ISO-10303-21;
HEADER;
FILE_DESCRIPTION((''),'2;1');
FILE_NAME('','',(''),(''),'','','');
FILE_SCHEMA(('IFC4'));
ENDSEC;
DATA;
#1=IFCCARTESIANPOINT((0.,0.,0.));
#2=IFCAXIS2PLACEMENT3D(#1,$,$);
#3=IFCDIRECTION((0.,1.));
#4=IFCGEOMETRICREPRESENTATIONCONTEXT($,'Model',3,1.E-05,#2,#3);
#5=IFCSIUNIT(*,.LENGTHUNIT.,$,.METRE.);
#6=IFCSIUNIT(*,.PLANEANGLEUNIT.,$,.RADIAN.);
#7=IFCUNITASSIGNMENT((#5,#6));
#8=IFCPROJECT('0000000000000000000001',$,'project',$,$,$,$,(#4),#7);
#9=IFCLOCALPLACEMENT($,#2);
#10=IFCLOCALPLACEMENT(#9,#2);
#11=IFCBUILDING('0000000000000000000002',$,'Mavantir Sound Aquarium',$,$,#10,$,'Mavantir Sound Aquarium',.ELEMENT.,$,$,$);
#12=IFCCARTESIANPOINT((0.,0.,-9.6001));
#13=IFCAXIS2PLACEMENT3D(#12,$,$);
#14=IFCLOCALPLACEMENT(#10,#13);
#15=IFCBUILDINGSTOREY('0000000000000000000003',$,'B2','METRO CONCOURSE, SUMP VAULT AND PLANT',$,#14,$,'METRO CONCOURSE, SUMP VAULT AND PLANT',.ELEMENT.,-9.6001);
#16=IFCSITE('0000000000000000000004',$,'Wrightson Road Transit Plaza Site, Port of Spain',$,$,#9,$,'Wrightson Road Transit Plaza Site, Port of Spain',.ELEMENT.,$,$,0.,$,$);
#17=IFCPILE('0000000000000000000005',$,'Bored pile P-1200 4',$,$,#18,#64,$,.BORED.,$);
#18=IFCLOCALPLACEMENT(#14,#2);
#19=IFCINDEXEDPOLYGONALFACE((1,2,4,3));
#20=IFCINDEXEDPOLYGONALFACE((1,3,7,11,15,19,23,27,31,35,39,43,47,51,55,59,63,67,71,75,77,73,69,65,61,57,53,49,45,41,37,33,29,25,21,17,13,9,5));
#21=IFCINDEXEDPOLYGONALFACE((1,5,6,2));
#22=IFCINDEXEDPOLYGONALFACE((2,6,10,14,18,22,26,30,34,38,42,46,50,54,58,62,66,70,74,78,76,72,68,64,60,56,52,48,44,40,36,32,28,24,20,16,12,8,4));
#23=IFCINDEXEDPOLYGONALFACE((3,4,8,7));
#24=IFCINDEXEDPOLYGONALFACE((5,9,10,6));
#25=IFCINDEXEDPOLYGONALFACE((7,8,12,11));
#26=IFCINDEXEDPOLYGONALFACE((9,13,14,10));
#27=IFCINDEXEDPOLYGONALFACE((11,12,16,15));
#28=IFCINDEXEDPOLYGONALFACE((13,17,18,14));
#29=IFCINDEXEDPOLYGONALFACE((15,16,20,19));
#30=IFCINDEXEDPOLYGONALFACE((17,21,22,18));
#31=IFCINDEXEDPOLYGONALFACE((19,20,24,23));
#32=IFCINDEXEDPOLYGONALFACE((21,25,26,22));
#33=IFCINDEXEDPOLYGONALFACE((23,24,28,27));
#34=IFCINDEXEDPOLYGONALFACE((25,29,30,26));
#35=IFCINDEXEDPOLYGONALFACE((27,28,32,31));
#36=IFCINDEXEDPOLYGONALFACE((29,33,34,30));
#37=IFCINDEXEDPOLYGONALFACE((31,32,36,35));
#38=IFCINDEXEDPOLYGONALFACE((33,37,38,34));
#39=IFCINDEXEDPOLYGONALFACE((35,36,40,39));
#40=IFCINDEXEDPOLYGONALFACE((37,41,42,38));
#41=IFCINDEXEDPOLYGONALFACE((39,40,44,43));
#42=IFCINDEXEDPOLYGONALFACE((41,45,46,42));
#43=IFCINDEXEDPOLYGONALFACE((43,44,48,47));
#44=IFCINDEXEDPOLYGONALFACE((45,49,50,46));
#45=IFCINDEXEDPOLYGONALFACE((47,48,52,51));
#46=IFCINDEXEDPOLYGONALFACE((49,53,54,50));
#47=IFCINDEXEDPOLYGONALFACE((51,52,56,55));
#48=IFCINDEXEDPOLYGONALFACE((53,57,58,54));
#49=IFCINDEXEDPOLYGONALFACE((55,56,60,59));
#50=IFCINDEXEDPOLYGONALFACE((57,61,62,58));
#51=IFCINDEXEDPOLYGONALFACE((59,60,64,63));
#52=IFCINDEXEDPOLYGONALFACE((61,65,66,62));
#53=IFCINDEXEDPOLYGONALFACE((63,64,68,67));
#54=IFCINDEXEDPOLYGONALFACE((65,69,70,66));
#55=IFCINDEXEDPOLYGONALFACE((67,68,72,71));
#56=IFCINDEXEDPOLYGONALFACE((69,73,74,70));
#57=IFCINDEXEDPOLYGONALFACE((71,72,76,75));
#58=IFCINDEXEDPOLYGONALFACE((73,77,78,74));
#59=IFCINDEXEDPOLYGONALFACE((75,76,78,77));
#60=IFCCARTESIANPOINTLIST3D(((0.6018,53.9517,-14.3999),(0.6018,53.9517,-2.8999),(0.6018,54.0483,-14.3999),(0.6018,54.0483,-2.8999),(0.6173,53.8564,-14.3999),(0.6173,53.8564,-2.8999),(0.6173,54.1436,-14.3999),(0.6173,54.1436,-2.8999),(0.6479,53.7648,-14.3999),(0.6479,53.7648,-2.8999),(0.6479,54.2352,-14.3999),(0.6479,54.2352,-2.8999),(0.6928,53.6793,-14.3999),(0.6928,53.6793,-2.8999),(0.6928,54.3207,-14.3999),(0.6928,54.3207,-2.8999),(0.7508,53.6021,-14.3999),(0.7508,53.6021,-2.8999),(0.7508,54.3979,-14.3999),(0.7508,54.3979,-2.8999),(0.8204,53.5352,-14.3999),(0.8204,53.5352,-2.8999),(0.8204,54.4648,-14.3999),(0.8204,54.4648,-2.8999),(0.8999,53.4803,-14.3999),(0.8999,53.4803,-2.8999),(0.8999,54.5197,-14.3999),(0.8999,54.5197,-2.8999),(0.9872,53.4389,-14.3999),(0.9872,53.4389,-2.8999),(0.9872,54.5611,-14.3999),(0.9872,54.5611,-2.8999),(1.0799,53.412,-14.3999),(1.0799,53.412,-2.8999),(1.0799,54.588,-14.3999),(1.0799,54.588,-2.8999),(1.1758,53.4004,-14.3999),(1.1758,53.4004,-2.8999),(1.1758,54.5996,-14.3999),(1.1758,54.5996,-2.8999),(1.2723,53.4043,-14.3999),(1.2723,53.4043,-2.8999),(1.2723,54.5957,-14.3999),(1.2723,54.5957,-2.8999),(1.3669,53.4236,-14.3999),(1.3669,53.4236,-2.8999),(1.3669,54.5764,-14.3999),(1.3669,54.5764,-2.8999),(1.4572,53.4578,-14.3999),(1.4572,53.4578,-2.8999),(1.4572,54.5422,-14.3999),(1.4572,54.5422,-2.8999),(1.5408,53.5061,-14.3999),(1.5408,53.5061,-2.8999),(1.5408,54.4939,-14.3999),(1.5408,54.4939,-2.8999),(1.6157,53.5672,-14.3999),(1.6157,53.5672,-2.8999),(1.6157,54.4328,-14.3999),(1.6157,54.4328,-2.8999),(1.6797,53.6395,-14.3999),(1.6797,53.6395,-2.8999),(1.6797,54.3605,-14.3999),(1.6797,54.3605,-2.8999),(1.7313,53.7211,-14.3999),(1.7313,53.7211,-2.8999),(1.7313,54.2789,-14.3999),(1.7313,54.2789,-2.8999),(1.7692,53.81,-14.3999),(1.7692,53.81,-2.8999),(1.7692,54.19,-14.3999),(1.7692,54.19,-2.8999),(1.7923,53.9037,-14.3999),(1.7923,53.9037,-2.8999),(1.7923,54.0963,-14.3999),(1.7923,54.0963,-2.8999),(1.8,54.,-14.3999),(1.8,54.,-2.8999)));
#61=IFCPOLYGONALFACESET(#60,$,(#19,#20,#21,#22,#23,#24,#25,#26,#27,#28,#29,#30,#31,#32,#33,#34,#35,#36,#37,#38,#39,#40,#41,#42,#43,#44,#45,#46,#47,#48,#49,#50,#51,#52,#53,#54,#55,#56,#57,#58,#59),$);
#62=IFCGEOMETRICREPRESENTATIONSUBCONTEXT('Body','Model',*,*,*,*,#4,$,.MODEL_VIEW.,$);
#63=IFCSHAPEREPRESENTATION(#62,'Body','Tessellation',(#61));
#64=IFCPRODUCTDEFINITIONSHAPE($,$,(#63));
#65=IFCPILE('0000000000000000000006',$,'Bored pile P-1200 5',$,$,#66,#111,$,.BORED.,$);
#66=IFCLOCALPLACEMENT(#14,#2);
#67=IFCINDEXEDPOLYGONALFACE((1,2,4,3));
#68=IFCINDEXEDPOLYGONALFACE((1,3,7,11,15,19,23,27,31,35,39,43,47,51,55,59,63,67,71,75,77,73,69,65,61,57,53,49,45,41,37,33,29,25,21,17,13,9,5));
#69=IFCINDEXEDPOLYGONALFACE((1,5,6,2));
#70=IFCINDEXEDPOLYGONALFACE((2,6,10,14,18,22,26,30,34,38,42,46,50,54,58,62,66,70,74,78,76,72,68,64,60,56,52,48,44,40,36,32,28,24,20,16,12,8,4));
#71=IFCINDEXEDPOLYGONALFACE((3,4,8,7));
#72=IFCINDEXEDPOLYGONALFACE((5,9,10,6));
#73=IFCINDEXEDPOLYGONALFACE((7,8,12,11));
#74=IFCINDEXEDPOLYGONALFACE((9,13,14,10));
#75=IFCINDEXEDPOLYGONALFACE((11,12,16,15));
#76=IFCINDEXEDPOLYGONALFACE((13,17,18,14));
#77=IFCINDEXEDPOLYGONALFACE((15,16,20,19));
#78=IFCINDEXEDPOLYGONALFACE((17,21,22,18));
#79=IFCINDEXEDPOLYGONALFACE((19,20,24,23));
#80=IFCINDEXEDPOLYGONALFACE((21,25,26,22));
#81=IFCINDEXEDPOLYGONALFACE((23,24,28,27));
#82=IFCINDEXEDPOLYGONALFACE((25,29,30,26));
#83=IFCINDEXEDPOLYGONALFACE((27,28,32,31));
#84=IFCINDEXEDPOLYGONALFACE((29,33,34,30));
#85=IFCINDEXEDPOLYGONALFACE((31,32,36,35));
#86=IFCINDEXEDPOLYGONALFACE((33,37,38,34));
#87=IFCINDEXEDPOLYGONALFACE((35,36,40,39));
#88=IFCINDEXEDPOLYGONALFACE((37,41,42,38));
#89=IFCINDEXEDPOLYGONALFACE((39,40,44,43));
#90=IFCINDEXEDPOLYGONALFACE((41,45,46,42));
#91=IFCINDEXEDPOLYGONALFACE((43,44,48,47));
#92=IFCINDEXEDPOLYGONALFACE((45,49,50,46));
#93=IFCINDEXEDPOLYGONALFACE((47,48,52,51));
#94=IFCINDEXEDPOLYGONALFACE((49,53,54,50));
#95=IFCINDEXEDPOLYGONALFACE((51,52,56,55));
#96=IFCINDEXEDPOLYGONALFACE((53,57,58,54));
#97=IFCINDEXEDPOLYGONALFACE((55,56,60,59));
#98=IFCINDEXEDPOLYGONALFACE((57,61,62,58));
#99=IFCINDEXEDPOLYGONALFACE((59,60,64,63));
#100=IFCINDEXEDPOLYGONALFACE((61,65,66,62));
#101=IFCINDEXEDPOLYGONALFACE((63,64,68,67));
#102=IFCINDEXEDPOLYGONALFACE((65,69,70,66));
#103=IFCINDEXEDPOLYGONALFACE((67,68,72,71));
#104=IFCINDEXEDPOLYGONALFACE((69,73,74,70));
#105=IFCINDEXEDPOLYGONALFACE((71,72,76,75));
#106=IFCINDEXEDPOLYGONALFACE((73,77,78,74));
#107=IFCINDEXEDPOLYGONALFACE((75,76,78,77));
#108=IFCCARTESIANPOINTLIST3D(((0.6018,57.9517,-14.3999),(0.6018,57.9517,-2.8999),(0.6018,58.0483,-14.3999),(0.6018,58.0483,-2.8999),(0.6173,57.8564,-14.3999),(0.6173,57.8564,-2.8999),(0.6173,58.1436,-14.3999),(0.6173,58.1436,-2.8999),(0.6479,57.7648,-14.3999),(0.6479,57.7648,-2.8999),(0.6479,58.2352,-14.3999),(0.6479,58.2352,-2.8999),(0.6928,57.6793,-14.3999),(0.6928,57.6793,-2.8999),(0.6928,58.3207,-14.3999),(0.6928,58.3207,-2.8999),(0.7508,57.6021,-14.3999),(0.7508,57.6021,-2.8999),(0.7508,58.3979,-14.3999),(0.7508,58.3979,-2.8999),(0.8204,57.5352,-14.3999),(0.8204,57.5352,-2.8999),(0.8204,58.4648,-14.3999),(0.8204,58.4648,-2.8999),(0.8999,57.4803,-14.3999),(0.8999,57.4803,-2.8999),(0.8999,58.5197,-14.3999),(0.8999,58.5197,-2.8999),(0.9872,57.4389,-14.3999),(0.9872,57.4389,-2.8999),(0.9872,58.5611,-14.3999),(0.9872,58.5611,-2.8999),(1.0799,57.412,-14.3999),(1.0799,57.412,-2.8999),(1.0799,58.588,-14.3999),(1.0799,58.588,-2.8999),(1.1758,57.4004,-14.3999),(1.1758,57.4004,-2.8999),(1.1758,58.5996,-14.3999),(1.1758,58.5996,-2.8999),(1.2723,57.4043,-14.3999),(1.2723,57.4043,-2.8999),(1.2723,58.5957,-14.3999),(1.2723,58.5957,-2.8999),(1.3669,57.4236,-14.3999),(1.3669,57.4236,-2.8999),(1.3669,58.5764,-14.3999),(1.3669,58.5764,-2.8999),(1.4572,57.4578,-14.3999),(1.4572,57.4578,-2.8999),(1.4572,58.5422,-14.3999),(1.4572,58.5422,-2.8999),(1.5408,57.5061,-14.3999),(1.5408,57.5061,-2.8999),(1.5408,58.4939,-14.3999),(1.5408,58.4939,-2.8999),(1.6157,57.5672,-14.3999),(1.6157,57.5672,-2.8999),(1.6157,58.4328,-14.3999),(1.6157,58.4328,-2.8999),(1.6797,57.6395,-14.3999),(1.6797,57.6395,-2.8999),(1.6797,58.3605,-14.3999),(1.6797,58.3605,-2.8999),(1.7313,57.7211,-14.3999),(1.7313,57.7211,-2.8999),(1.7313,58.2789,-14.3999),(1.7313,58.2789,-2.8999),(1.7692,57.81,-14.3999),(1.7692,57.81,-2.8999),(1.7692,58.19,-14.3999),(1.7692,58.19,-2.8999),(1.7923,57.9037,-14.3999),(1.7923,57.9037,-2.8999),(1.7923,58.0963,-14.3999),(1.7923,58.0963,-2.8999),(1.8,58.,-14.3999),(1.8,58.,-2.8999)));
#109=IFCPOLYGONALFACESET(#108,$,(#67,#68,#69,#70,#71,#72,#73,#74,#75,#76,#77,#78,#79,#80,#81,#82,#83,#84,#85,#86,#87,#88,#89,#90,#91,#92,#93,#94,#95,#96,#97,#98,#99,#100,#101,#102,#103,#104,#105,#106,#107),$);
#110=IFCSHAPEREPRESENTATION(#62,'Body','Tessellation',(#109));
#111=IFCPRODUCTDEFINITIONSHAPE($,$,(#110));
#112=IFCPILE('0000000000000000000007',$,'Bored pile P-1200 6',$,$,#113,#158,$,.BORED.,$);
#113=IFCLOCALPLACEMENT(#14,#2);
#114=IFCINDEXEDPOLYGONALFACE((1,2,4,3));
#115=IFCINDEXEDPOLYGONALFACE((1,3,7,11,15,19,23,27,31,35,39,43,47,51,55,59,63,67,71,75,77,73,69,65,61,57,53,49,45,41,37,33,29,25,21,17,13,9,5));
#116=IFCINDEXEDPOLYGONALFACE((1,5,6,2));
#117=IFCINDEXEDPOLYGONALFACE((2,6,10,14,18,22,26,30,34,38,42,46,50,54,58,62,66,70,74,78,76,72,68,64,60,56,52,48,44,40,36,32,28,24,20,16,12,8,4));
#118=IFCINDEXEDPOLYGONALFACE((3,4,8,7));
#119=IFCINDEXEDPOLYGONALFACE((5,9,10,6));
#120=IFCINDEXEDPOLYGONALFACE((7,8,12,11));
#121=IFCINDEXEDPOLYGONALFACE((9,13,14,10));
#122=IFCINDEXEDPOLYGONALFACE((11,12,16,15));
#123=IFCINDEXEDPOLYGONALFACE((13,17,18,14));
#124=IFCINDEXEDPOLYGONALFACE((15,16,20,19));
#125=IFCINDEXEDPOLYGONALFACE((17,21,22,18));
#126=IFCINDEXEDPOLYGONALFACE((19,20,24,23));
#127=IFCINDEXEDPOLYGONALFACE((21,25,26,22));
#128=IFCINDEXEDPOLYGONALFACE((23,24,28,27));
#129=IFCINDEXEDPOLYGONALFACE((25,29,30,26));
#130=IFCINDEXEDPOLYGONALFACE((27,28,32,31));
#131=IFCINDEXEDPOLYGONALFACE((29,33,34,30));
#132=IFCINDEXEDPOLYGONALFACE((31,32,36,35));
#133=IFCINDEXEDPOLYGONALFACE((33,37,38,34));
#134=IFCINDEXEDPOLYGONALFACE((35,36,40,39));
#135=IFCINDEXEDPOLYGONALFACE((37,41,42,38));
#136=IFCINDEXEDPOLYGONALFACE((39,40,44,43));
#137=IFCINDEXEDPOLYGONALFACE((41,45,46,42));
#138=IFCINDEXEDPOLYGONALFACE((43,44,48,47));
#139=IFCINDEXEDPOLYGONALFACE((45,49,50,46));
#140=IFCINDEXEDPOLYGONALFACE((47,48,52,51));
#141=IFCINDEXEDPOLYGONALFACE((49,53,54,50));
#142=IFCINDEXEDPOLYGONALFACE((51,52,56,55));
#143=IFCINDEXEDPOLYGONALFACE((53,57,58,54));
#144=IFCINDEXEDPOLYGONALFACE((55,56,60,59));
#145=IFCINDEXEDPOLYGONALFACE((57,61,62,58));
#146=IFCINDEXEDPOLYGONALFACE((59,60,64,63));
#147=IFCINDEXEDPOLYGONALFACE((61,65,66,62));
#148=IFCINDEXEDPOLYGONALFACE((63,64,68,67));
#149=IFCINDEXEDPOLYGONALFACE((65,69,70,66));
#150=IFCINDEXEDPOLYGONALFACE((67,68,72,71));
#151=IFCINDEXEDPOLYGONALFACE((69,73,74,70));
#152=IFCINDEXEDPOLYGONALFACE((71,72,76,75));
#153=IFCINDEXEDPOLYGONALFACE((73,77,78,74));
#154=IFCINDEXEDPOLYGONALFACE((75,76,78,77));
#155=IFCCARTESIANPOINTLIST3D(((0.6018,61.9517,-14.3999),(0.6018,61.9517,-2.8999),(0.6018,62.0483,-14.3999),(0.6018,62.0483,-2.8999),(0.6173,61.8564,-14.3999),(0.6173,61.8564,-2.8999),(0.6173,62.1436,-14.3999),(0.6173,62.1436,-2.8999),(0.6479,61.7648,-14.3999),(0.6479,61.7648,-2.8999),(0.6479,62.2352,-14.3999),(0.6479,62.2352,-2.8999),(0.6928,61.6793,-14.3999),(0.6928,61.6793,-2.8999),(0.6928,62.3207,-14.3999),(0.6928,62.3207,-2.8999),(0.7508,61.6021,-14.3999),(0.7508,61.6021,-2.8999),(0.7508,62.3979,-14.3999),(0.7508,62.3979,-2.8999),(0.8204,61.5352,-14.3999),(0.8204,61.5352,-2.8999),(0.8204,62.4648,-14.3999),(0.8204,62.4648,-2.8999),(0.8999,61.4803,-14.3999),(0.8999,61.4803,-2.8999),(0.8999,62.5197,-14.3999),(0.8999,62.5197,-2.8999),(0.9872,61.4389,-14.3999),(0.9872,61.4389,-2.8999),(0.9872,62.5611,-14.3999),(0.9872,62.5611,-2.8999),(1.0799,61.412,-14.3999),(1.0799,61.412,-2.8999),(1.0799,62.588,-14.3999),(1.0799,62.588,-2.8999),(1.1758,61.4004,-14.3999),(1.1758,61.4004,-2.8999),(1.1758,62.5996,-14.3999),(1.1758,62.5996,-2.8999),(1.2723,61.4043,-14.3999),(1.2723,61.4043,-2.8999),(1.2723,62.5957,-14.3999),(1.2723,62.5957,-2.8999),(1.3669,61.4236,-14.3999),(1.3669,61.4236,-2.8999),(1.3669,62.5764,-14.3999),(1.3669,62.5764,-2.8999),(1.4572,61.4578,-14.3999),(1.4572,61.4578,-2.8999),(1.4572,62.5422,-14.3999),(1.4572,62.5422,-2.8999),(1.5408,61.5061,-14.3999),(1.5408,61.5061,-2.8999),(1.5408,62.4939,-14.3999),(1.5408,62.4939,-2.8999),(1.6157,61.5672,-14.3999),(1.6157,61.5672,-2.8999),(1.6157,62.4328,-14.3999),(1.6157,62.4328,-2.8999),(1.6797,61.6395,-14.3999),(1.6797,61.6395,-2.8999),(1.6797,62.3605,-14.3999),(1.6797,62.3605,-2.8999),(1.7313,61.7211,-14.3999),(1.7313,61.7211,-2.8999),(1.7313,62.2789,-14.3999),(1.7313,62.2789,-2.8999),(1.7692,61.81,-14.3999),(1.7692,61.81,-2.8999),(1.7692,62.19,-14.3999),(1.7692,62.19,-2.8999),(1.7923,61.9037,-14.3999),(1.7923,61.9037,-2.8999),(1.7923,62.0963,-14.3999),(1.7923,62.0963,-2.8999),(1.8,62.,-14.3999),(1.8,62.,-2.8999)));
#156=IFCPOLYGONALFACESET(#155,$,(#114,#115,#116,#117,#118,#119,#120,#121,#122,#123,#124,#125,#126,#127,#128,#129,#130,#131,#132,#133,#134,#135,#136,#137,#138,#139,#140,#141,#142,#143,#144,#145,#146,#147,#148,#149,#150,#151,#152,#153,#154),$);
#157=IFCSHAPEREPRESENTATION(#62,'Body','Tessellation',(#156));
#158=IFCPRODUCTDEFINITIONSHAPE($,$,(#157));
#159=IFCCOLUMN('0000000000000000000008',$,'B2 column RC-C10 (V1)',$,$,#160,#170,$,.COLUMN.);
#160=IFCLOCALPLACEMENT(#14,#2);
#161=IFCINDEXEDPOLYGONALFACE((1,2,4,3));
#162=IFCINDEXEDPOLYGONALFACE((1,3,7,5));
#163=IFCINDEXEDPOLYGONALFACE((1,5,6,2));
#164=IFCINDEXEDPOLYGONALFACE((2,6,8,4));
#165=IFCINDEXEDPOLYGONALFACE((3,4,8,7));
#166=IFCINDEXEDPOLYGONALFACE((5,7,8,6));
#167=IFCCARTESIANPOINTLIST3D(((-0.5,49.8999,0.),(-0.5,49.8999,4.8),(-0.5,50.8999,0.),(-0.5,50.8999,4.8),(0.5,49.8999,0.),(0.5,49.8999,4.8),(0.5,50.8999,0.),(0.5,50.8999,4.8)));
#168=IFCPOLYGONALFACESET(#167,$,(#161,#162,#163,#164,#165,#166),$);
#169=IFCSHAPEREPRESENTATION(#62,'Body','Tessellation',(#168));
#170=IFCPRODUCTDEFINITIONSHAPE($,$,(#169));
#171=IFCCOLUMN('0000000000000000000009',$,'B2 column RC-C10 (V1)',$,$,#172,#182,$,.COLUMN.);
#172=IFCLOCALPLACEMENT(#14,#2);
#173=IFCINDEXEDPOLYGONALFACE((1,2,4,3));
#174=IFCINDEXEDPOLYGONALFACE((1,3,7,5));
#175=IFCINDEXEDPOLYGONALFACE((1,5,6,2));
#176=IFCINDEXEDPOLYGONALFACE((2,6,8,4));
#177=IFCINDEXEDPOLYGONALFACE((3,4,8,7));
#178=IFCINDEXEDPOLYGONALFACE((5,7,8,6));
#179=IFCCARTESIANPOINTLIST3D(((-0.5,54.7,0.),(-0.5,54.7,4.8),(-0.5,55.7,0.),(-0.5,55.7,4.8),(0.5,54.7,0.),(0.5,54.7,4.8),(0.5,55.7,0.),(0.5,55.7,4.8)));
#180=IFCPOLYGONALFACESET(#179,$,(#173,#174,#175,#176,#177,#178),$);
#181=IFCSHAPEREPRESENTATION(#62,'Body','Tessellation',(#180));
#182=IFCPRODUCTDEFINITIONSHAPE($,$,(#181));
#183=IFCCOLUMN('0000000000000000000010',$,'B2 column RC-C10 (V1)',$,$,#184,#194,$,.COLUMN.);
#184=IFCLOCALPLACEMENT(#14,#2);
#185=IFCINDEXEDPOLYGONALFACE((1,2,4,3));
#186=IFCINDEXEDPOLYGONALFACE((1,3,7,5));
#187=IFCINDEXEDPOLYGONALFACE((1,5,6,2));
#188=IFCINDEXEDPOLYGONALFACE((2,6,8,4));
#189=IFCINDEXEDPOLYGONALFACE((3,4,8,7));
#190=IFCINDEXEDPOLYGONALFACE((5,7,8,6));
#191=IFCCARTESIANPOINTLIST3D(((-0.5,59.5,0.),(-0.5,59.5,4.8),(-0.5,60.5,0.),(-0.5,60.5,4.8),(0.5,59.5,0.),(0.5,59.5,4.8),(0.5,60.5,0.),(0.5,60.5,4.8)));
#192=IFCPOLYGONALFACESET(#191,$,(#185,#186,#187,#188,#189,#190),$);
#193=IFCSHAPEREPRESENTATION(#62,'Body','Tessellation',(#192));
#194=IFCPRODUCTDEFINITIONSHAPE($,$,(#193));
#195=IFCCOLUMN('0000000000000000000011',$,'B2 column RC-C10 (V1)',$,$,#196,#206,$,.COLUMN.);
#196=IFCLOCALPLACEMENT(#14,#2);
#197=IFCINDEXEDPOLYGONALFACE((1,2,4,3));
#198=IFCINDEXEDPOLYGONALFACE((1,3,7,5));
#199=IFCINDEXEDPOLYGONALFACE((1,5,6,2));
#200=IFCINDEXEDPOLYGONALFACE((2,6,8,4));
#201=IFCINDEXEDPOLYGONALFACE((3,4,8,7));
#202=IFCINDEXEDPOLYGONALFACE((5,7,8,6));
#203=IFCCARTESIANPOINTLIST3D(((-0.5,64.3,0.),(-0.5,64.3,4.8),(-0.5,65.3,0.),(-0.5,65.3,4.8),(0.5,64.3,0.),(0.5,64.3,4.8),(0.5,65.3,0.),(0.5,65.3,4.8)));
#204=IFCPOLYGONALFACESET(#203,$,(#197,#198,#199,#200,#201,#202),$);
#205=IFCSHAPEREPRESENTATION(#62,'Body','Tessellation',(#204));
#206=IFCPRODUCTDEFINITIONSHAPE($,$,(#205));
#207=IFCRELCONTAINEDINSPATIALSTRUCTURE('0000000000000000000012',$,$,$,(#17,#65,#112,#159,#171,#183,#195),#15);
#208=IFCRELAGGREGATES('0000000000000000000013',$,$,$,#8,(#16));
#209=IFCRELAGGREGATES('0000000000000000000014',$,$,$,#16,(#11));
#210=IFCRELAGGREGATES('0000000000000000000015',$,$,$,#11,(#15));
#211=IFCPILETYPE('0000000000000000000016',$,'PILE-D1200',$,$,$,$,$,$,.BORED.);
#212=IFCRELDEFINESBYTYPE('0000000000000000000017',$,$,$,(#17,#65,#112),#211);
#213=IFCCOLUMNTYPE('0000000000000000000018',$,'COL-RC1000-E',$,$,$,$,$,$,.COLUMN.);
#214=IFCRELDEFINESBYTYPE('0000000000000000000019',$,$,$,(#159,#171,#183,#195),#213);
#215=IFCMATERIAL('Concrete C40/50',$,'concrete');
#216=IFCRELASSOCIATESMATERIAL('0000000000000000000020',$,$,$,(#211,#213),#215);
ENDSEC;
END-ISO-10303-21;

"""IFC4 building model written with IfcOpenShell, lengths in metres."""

from ifc_helpers import new_model, si_unit, direction, frame, origin, origin_2d, place, context, subcontext, project, spatial, rectangle, circle, extrude, material, material_profile, profile_set, type_object, element, save


model = new_model("IFC4")

# Units and contexts
model_context = context("Model", 3, precision=1e-05, world=origin(), true_north=direction((0.0, 1.0)))
body_context = subcontext(model_context, "Body", "Model", "MODEL_VIEW")
ifc_project = project(units=[si_unit("LENGTHUNIT", "METRE"), si_unit("PLANEANGLEUNIT", "RADIAN")], contexts=[model_context])

# Site, building, storey
site_placement = place(None, origin())
site = spatial("IfcSite", under=ifc_project, at=site_placement, Name="Wrightson Road Transit Plaza Site, Port of Spain", LongName="Wrightson Road Transit Plaza Site, Port of Spain", CompositionType="ELEMENT", RefElevation=0.0)
building_placement = place(site_placement, origin())
building = spatial("IfcBuilding", under=site, at=building_placement, Name="Mavantir Sound Aquarium", LongName="Mavantir Sound Aquarium", CompositionType="ELEMENT")
storey_placement = place(building_placement, frame((0.0, 0.0, -9.6001)))
storey = spatial("IfcBuildingStorey", under=building, at=storey_placement, Name="B2", Description="METRO CONCOURSE, SUMP VAULT AND PLANT", LongName="METRO CONCOURSE, SUMP VAULT AND PLANT", CompositionType="ELEMENT", Elevation=-9.6001)

# Piles
ifc_material_1 = material(Name="Concrete C40/50", Category="concrete")
ifc_material_profile_1 = material_profile(ifc_material_1, circle(Radius=0.6001, at=origin_2d()), Name="PILE D1200")
ifc_profile_set_1 = profile_set([ifc_material_profile_1], Name="Concrete C40/50")
pile_type = type_object("IfcPileType", Name="PILE-D1200", PredefinedType="BORED", material=ifc_profile_set_1)
for number, where, z_axis, x_axis, name in (
    (1, (1.2, 54.0, -2.8999), (0.0, 0.0, -1.0), (1.0, 0.0, 0.0), "Bored pile P-1200 4"),
    (2, (1.2, 58.0, -2.8999), (0.0, 0.0, -1.0), (1.0, 0.0, 0.0), "Bored pile P-1200 5"),
    (3, (1.2, 62.0, -2.8999), (0.0, 0.0, -1.0), (1.0, 0.0, 0.0), "Bored pile P-1200 6"),
):
    element("IfcPile", number, at=place(storey_placement, frame(where, z_axis=z_axis, x_axis=x_axis)), inside=storey, type_object=pile_type, Name=name, PredefinedType="BORED", context=body_context, shape_type="SweptSolid", body=[
        extrude(circle(Radius=0.6001, at=origin_2d()), origin(), (0.0, 0.0, 1.0), 11.5),
    ])

# Columns
ifc_material_profile_2 = material_profile(ifc_material_1, rectangle(XDim=1.0, YDim=1.0, at=origin_2d()), Name="RC 1000X1000")
ifc_profile_set_2 = profile_set([ifc_material_profile_2], Name="Concrete C40/50")
column_type = type_object("IfcColumnType", Name="COL-RC1000-E", PredefinedType="COLUMN", material=ifc_profile_set_2)
for number, where, z_axis, x_axis, name in (
    (4, (0.0, 50.3999, 0.0), (0.0, 0.0, 1.0), (1.0, 0.0, 0.0), "B2 column RC-C10 (V1)"),
    (5, (0.0, 55.2, 0.0), (0.0, 0.0, 1.0), (1.0, 0.0, 0.0), "B2 column RC-C10 (V1)"),
    (6, (0.0, 60.0, 0.0), (0.0, 0.0, 1.0), (1.0, 0.0, 0.0), "B2 column RC-C10 (V1)"),
    (7, (0.0, 64.8, 0.0), (0.0, 0.0, 1.0), (1.0, 0.0, 0.0), "B2 column RC-C10 (V1)"),
):
    element("IfcColumn", number, at=place(storey_placement, frame(where, z_axis=z_axis, x_axis=x_axis)), inside=storey, type_object=column_type, Name=name, PredefinedType="COLUMN", context=body_context, shape_type="SweptSolid", body=[
        extrude(rectangle(XDim=1.0, YDim=1.0, at=origin_2d()), origin(), (0.0, 0.0, 1.0), 4.8),
    ])

save(model, "model.ifc")
